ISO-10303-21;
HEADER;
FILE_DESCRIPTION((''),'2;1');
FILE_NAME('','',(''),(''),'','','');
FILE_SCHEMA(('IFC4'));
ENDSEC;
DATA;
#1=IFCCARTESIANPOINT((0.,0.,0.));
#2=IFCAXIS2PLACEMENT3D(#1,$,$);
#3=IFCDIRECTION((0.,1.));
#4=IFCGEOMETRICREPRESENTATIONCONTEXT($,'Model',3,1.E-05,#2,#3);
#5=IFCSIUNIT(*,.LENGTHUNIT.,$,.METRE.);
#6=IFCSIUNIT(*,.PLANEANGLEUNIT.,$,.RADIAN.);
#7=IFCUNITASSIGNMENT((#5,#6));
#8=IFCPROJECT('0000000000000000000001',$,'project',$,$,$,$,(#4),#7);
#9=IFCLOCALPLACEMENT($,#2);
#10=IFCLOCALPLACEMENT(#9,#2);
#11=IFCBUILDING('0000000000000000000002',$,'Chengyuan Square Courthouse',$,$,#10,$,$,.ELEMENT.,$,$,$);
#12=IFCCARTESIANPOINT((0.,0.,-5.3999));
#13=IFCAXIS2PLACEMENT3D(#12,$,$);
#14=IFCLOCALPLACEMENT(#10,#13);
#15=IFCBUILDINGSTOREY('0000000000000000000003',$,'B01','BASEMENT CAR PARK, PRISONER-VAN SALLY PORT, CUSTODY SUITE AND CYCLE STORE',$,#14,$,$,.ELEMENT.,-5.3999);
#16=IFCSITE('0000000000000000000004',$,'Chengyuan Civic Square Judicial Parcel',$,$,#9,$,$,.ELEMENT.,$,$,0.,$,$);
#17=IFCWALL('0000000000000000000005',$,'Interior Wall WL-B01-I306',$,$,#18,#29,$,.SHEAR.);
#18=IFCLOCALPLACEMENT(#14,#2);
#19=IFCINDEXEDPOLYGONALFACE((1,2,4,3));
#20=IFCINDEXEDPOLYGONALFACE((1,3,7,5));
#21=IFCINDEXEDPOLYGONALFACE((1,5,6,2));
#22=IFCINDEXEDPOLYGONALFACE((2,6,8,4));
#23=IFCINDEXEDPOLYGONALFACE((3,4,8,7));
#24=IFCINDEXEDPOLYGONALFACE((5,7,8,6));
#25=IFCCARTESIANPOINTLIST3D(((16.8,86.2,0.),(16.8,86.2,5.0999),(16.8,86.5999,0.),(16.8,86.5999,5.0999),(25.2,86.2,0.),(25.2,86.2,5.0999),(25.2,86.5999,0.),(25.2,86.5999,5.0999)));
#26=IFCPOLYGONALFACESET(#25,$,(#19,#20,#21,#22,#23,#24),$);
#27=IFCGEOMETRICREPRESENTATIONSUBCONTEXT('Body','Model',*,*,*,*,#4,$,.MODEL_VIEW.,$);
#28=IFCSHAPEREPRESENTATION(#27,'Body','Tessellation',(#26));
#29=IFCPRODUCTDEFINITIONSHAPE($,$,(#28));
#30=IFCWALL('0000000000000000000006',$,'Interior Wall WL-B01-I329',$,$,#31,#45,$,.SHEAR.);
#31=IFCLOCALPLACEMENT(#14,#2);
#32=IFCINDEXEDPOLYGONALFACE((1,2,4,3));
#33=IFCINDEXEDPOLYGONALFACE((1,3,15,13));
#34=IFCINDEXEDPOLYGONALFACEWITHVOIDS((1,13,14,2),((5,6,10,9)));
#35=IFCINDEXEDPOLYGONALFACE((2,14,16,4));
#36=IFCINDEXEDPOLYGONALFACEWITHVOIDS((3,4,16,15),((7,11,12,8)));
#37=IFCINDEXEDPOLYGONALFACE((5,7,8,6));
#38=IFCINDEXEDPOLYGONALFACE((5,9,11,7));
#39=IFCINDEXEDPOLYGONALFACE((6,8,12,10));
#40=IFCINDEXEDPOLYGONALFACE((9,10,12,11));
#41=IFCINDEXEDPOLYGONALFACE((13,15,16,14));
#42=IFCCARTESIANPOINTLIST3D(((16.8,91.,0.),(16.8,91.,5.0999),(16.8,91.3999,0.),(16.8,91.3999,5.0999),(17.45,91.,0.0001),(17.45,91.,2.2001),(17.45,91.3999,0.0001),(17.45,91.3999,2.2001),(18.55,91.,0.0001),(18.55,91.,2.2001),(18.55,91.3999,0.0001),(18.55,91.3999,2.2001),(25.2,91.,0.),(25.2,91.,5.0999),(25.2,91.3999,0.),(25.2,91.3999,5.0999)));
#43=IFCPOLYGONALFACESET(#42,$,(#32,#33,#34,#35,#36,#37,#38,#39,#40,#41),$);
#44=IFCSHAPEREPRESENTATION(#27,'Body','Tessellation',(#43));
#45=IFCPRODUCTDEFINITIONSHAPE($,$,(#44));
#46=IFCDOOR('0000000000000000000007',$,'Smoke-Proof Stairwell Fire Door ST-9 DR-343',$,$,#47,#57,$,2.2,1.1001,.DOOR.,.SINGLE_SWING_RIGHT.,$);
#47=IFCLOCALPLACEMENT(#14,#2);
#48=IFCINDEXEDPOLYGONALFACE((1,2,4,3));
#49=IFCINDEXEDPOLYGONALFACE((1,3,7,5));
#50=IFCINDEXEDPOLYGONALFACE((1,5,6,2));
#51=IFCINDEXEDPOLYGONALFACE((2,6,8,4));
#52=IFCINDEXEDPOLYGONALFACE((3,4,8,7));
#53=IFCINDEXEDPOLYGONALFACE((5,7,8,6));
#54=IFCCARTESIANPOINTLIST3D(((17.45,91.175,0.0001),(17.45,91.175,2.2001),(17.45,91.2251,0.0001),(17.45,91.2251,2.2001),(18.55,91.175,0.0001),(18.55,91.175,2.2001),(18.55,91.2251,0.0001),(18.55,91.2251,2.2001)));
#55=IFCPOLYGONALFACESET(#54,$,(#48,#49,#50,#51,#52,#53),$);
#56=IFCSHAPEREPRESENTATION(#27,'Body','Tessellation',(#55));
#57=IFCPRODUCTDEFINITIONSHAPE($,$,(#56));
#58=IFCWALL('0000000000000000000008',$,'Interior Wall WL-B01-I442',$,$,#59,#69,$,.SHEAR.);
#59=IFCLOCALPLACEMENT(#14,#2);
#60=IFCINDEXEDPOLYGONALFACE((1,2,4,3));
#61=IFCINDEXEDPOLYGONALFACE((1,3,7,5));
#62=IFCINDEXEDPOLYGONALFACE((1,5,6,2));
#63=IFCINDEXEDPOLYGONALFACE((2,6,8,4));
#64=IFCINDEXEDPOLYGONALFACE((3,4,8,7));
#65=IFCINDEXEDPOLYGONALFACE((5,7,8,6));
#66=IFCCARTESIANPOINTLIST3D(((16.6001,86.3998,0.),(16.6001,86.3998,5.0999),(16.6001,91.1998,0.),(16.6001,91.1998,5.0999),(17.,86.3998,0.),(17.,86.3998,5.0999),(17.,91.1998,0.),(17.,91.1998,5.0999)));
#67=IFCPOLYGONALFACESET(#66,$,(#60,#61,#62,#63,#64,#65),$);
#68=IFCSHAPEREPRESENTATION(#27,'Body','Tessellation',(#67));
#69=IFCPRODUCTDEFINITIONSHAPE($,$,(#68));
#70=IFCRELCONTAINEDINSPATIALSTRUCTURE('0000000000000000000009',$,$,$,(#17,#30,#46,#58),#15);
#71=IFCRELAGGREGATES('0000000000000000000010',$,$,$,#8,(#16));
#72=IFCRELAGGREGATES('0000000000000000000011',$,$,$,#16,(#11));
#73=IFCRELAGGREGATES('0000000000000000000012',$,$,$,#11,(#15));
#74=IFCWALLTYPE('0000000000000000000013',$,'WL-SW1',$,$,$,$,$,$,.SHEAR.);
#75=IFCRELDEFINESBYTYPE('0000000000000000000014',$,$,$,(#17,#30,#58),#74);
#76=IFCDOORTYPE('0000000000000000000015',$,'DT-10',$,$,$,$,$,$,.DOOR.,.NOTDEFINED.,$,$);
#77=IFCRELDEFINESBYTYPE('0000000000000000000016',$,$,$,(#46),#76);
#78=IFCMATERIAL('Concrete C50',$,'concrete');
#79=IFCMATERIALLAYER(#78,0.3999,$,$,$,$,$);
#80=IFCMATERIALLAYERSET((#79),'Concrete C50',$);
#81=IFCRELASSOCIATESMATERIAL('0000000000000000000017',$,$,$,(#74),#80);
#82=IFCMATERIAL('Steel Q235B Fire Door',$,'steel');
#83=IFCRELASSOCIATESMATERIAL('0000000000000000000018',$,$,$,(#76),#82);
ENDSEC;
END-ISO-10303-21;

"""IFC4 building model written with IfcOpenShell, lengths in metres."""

from ifc_helpers import new_model, si_unit, direction, frame, frame_2d, origin, place, context, subcontext, project, spatial, rectangle, extrude, material, layer, layer_set, type_object, element, fill, save


model = new_model("IFC4")

# Units and contexts
model_context = context("Model", 3, precision=1e-05, world=origin(), true_north=direction((0.0, 1.0)))
body_context = subcontext(model_context, "Body", "Model", "MODEL_VIEW")
ifc_project = project(units=[si_unit("LENGTHUNIT", "METRE"), si_unit("PLANEANGLEUNIT", "RADIAN")], contexts=[model_context])

# Site, building, storey
site_placement = place(None, origin())
site = spatial("IfcSite", under=ifc_project, at=site_placement, Name="Chengyuan Civic Square Judicial Parcel", CompositionType="ELEMENT", RefElevation=0.0)
building_placement = place(site_placement, origin())
building = spatial("IfcBuilding", under=site, at=building_placement, Name="Chengyuan Square Courthouse", CompositionType="ELEMENT")
storey_placement = place(building_placement, frame((0.0, 0.0, -5.3999)))
storey = spatial("IfcBuildingStorey", under=building, at=storey_placement, Name="B01", Description="BASEMENT CAR PARK, PRISONER-VAN SALLY PORT, CUSTODY SUITE AND CYCLE STORE", CompositionType="ELEMENT", Elevation=-5.3999)

# Shared definitions
ifc_material_1 = material(Name="Concrete C50", Category="concrete")

# Wall
ifc_layer_1 = layer(ifc_material_1, 0.3999)
ifc_layer_set_1 = layer_set([ifc_layer_1], Name="Concrete C50")
wall_type_1 = type_object("IfcWallType", Name="WL-SW1", PredefinedType="SHEAR", material=ifc_layer_set_1)
wall_1_placement = place(storey_placement, frame((16.8, 86.3999, 0.0), z_axis=(0.0, 0.0, 1.0), x_axis=(1.0, 0.0, 0.0)))
element("IfcWall", 1, at=wall_1_placement, inside=storey, type_object=wall_type_1, Name="Interior Wall WL-B01-I306", PredefinedType="SHEAR", context=body_context, shape_type="SweptSolid", body=[
    extrude(rectangle(XDim=8.3999, YDim=0.3999, at=frame_2d((4.2, 0.0))), origin(), (0.0, 0.0, 1.0), 5.0999),
])

# Wall, opening, door
wall_2_placement = place(storey_placement, frame((16.8, 91.2, 0.0), z_axis=(0.0, 0.0, 1.0), x_axis=(1.0, 0.0, 0.0)))
wall_2 = element("IfcWall", 2, at=wall_2_placement, inside=storey, type_object=wall_type_1, Name="Interior Wall WL-B01-I329", PredefinedType="SHEAR", context=body_context, shape_type="SweptSolid", body=[
    extrude(rectangle(XDim=8.3999, YDim=0.3999, at=frame_2d((4.2, 0.0))), origin(), (0.0, 0.0, 1.0), 5.0999),
])
opening_1_placement = place(wall_2_placement, frame((0.6499, 0.0, 0.0)))
opening_1 = element("IfcOpeningElement", 3, at=opening_1_placement, cuts=wall_2, PredefinedType="OPENING", context=body_context, shape_type="SweptSolid", body=[
    extrude(rectangle(XDim=1.1001, YDim=2.2, at=frame_2d((0.55, 1.1001))), frame((0.0, 0.2119, 0.0), z_axis=(0.0, -1.0, 0.0), x_axis=(1.0, 0.0, 0.0)), (0.0, 0.0, 1.0), 0.4238),
])
ifc_material_2 = material(Name="Steel Q235B Fire Door", Category="steel")
door_type_1 = type_object("IfcDoorType", Name="DT-10", OperationType="NOTDEFINED", PredefinedType="DOOR", material=ifc_material_2)
door_1_placement = place(opening_1_placement, frame((1.1001, 0.0, 0.0), z_axis=(0.0, 0.0, 1.0), x_axis=(-1.0, 0.0, 0.0)))
door_1 = element("IfcDoor", 4, at=door_1_placement, inside=storey, type_object=door_type_1, Name="Smoke-Proof Stairwell Fire Door ST-9 DR-343", OperationType="SINGLE_SWING_RIGHT", OverallHeight=2.2, OverallWidth=1.1001, PredefinedType="DOOR", context=body_context, shape_type="SweptSolid", body=[
    extrude(rectangle(XDim=1.1001, YDim=2.2, at=frame_2d((0.55, 1.1001))), frame((0.0, 0.0249, 0.0), z_axis=(0.0, -1.0, 0.0), x_axis=(1.0, 0.0, 0.0)), (0.0, 0.0, 1.0), 0.05),
])
fill(opening_1, door_1)

# Wall
wall_3_placement = place(storey_placement, frame((16.8, 86.3999, 0.0), z_axis=(0.0, 0.0, 1.0), x_axis=(0.0, 1.0, 0.0)))
element("IfcWall", 5, at=wall_3_placement, inside=storey, type_object=wall_type_1, Name="Interior Wall WL-B01-I442", PredefinedType="SHEAR", context=body_context, shape_type="SweptSolid", body=[
    extrude(rectangle(XDim=4.8, YDim=0.3999, at=frame_2d((2.3999, 0.0))), origin(), (0.0, 0.0, 1.0), 5.0999),
])

save(model, "model.ifc")
